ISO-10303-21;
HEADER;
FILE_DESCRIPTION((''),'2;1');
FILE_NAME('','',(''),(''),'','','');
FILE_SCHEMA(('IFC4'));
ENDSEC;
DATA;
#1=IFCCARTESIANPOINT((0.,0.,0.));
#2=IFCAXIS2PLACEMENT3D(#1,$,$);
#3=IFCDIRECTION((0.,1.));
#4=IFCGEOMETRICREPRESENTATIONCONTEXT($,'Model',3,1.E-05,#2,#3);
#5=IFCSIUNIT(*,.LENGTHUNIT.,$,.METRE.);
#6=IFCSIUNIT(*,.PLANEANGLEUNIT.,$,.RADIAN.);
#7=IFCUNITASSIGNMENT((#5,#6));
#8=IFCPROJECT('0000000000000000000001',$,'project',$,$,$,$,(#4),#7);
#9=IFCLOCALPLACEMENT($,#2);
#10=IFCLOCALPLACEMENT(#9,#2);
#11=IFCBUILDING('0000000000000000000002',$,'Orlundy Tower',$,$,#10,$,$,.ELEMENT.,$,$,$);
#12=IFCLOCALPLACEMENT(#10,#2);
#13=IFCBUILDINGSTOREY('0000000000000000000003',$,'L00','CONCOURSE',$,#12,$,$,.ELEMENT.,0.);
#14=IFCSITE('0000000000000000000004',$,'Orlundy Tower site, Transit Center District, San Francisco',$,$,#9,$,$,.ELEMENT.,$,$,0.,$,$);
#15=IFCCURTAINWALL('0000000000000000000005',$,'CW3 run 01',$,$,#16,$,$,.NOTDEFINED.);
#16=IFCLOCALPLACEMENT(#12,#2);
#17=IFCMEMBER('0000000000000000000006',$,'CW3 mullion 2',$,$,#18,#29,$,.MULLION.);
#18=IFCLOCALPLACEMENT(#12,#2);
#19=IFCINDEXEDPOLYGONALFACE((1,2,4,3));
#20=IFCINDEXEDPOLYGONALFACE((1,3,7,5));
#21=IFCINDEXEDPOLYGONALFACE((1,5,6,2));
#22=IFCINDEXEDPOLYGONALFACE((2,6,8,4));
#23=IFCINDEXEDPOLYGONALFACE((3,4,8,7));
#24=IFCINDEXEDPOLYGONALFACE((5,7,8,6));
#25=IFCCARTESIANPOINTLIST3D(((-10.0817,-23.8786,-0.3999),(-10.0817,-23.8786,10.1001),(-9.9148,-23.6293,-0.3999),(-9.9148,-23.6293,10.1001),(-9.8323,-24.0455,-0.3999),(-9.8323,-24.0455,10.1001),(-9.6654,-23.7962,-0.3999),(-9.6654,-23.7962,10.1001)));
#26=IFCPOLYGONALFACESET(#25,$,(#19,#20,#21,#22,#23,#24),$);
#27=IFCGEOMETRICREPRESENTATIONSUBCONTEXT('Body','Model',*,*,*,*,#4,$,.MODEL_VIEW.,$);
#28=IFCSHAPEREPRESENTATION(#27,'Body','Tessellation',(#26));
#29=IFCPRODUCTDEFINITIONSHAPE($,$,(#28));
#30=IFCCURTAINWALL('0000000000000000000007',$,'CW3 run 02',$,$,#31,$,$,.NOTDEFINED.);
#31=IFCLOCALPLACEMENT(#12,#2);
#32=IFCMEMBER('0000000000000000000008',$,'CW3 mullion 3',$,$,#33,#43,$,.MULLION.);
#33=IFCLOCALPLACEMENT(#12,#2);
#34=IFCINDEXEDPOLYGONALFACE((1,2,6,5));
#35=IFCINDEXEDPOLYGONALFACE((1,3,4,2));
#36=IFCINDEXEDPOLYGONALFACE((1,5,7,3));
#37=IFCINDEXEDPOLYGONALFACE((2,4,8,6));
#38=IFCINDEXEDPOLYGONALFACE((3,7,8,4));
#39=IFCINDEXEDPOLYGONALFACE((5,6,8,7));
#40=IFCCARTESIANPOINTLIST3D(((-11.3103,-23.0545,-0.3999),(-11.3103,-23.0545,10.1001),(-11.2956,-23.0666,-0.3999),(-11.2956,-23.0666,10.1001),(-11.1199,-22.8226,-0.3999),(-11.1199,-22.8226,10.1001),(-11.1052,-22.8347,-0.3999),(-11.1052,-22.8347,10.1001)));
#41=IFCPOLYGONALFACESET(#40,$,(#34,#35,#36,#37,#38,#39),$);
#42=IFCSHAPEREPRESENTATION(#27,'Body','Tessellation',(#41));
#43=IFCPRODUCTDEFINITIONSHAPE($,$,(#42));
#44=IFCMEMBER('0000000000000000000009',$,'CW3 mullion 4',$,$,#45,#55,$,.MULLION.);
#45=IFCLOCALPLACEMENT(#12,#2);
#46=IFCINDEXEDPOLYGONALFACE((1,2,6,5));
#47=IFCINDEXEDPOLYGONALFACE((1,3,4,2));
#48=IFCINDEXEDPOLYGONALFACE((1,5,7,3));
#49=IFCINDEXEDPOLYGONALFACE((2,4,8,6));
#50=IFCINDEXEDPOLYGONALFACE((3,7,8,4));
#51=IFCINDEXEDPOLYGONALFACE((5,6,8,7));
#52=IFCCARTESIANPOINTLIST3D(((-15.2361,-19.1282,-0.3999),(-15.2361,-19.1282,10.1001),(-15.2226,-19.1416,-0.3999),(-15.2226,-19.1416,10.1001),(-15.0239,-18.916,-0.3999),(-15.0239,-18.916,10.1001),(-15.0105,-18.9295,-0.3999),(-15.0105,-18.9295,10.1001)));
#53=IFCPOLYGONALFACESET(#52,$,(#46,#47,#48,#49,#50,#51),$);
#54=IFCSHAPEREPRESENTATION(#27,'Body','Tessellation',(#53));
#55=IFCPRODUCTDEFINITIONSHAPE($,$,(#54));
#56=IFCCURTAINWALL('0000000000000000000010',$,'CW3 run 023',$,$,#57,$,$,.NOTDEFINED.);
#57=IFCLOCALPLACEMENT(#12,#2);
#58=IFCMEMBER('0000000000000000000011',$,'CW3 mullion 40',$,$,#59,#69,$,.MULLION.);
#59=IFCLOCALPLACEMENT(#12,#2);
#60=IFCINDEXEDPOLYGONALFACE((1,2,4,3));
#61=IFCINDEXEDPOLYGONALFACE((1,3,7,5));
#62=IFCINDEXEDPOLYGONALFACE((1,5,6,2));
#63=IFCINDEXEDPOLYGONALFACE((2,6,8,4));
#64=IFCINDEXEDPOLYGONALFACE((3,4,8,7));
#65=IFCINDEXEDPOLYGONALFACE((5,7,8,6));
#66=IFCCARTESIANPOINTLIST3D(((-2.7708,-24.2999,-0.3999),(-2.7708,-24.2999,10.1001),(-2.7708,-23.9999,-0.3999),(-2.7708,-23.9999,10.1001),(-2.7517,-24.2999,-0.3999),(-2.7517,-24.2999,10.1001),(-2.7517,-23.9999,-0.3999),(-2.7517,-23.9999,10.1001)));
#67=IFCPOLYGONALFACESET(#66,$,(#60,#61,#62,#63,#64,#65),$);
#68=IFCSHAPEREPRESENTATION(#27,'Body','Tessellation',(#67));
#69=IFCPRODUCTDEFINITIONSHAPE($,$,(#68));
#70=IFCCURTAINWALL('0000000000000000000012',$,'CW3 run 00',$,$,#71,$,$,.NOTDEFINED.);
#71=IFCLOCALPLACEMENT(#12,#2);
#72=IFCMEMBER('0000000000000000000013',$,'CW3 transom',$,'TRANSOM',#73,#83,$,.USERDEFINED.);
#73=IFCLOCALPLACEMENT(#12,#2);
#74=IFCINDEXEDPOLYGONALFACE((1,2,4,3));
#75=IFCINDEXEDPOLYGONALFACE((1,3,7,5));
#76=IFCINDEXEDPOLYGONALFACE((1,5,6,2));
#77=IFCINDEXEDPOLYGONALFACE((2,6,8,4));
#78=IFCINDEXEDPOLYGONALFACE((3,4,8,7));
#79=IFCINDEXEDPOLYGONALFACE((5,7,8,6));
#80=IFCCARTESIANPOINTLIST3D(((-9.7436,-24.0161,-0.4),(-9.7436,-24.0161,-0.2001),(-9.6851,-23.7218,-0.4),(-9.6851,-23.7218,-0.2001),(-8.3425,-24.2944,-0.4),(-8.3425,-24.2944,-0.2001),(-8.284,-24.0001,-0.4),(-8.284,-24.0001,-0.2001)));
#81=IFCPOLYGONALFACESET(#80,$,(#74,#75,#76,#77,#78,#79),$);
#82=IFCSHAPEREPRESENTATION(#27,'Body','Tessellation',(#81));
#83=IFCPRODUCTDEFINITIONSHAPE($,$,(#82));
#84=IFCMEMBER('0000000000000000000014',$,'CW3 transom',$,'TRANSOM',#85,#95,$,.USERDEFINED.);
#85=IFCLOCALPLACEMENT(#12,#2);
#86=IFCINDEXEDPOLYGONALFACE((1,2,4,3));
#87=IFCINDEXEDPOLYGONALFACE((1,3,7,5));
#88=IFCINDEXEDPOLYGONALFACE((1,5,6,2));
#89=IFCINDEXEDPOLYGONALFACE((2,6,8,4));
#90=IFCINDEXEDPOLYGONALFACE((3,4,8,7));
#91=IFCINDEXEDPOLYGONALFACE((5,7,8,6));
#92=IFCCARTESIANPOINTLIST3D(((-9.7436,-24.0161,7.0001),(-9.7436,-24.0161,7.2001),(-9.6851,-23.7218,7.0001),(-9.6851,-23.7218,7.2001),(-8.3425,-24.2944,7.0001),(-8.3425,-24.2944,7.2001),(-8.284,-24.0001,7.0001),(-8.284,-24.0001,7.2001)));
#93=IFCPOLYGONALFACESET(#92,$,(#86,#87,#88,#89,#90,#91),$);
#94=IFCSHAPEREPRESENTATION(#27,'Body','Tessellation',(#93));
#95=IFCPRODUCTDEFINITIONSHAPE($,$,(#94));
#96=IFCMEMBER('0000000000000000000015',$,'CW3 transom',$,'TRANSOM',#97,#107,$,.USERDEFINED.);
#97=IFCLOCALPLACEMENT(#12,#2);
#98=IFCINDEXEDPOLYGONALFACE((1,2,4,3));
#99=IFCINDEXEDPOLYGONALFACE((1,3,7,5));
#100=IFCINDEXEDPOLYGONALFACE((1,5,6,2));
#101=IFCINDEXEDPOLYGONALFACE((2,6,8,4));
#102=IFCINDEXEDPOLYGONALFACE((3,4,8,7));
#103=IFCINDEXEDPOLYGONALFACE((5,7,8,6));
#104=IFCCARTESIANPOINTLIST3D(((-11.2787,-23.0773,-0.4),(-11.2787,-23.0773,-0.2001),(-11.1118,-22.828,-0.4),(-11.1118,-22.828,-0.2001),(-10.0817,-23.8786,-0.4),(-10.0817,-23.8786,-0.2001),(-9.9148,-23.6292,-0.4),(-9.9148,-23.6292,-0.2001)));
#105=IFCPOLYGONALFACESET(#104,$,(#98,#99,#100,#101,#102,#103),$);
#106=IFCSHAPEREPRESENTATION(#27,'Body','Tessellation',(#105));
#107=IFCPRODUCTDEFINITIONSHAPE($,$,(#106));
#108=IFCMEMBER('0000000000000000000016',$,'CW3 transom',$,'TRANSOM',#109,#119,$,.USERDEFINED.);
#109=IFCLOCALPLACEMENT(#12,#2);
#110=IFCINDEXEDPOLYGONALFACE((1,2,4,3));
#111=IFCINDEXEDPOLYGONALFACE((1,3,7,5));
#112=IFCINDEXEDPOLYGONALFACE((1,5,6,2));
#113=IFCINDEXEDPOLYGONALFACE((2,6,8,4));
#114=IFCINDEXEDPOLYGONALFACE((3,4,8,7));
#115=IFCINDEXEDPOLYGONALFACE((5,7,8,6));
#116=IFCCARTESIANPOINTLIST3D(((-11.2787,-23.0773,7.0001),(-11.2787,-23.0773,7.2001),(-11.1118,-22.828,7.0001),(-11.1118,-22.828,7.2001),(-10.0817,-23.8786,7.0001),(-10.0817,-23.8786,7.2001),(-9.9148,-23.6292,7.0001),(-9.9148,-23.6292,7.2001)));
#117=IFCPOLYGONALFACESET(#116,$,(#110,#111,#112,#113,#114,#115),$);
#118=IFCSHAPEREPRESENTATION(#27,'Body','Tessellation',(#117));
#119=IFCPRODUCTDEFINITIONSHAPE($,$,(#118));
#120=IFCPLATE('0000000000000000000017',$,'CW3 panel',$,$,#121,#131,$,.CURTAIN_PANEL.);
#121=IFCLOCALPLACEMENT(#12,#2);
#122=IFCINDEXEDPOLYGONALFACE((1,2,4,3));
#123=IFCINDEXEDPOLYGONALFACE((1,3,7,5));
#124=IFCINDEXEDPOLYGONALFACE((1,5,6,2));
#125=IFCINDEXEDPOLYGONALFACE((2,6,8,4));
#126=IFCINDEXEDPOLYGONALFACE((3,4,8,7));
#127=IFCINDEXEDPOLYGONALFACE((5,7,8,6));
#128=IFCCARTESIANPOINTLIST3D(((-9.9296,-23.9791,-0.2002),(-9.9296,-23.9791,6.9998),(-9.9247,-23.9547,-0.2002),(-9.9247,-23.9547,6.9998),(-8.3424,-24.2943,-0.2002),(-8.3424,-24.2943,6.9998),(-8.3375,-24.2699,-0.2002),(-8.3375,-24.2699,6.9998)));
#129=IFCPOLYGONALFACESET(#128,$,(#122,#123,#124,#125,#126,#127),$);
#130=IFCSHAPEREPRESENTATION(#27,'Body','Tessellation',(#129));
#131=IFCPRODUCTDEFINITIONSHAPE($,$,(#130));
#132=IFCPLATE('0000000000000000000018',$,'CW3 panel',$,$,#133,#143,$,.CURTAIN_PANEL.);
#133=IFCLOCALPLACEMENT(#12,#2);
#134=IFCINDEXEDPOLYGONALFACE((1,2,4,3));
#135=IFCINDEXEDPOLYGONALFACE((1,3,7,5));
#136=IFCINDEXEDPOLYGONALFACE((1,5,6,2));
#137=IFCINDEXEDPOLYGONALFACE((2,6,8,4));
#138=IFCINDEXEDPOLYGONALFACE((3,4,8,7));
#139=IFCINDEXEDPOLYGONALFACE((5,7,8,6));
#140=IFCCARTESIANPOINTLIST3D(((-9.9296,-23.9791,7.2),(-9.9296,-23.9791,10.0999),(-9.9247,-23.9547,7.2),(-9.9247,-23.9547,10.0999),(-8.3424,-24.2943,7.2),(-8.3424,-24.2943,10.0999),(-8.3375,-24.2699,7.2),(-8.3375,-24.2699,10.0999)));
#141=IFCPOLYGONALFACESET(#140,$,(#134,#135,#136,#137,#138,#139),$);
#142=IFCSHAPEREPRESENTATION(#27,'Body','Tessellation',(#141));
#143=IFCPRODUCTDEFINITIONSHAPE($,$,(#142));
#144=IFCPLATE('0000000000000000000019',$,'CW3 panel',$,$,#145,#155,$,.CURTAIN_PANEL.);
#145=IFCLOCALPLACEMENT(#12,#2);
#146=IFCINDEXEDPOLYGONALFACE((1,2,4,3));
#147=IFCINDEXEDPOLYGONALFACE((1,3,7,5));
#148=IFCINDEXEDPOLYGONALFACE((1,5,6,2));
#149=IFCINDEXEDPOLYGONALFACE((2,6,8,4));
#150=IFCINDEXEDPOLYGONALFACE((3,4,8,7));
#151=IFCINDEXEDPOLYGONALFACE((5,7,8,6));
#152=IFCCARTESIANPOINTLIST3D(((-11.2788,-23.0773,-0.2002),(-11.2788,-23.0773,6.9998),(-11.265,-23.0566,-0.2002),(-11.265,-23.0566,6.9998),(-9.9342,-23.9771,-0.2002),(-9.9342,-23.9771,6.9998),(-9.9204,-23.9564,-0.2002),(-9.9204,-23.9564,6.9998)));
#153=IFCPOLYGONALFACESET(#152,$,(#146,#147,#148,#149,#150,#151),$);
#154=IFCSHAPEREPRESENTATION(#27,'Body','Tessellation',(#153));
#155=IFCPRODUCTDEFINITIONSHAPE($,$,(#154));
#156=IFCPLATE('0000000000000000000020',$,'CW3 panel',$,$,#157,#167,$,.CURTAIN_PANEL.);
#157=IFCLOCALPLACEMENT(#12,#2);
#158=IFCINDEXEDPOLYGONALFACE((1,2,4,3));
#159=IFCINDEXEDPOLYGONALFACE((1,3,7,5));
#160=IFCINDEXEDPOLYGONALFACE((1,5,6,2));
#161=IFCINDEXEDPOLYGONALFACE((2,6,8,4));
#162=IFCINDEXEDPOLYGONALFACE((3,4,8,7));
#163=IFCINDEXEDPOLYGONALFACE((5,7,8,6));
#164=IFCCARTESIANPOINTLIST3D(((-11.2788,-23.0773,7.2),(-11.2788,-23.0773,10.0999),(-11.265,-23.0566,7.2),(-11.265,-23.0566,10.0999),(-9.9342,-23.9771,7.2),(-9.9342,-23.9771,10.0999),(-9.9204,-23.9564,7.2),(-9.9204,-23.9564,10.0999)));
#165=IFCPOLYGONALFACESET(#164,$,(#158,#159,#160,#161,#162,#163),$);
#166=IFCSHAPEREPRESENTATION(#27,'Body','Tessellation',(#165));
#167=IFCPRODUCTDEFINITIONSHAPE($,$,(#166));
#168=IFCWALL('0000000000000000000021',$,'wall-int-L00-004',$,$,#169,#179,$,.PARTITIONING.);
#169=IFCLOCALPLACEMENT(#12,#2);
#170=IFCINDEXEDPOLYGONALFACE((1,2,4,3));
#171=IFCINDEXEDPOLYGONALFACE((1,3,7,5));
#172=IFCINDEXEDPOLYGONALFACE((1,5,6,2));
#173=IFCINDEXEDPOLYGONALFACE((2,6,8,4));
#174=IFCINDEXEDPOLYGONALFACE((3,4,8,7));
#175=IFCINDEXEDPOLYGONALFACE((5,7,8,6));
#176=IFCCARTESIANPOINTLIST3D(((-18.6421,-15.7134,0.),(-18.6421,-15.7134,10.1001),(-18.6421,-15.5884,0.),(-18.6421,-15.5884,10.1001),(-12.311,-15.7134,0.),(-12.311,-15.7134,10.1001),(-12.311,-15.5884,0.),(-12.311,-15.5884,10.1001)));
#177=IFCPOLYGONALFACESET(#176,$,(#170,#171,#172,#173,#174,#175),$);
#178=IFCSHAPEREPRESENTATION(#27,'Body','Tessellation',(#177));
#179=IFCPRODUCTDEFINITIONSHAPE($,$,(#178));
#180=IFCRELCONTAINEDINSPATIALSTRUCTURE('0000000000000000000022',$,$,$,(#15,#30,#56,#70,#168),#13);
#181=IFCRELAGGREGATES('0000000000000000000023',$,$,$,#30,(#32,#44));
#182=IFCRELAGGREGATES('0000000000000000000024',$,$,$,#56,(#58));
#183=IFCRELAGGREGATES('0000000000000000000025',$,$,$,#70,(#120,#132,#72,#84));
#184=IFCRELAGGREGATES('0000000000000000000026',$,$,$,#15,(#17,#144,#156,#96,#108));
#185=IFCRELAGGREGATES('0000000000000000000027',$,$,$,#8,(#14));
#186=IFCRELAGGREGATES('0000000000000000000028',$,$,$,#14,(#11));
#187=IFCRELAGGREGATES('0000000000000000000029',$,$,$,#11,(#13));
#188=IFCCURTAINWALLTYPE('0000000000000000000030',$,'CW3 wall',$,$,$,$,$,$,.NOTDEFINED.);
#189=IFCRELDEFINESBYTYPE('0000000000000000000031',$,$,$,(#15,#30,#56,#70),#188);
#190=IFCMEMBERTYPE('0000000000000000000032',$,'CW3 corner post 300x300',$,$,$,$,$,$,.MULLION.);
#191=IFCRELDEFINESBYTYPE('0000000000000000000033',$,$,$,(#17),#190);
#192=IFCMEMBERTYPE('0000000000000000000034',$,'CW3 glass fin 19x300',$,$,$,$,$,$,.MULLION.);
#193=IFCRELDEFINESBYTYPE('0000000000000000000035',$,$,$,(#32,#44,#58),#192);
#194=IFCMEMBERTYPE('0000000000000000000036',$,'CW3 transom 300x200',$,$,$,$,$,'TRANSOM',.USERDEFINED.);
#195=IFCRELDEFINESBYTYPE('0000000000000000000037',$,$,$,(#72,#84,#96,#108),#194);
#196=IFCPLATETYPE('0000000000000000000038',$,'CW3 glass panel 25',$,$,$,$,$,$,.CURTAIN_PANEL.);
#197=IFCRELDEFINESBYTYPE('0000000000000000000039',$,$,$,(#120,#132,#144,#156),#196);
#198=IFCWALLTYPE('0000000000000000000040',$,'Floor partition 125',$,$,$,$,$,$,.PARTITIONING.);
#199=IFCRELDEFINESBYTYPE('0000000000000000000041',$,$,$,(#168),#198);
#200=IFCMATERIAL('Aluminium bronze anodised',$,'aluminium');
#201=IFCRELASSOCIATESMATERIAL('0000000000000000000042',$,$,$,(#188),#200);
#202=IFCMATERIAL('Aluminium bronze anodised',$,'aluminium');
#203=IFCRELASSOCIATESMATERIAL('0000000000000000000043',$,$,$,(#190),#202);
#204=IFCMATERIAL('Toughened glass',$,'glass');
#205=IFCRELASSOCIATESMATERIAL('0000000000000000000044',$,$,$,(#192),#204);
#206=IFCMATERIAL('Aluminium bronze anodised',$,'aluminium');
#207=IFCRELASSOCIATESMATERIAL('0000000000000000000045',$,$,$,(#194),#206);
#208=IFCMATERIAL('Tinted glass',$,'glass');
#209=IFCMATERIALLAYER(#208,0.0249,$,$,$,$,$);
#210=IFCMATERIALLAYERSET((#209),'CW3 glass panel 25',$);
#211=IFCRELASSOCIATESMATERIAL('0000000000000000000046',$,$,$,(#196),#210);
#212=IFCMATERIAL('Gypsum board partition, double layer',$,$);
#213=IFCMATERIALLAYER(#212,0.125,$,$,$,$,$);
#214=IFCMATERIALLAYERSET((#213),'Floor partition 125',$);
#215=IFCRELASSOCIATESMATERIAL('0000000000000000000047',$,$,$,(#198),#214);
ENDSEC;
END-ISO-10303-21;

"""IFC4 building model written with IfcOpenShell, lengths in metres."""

from ifc_helpers import new_model, si_unit, direction, frame, frame_2d, origin, origin_2d, place, context, subcontext, project, spatial, rectangle, extrude, material, layer, layer_set, material_profile, profile_set, type_object, element, aggregate, save


model = new_model("IFC4")

# Units and contexts
model_context = context("Model", 3, precision=1e-05, world=origin(), true_north=direction((0.0, 1.0)))
body_context = subcontext(model_context, "Body", "Model", "MODEL_VIEW")
ifc_project = project(units=[si_unit("LENGTHUNIT", "METRE"), si_unit("PLANEANGLEUNIT", "RADIAN")], contexts=[model_context])

# Site, building, storey
site_placement = place(None, origin())
site = spatial("IfcSite", under=ifc_project, at=site_placement, Name="Orlundy Tower site, Transit Center District, San Francisco", CompositionType="ELEMENT", RefElevation=0.0)
building_placement = place(site_placement, origin())
building = spatial("IfcBuilding", under=site, at=building_placement, Name="Orlundy Tower", CompositionType="ELEMENT")
storey_placement = place(building_placement, origin())
storey = spatial("IfcBuildingStorey", under=building, at=storey_placement, Name="L00", Description="CONCOURSE", CompositionType="ELEMENT", Elevation=0.0)

# Curtain wall, member
ifc_material_1 = material(Name="Aluminium bronze anodised", Category="aluminium")
curtain_wall_type = type_object("IfcCurtainWallType", Name="CW3 wall", PredefinedType="NOTDEFINED", material=ifc_material_1)
curtain_wall_1_placement = place(storey_placement, origin())
curtain_wall_1 = element("IfcCurtainWall", 1, at=curtain_wall_1_placement, inside=storey, type_object=curtain_wall_type, Name="CW3 run 01", PredefinedType="NOTDEFINED")
ifc_material_2 = material(Name="Aluminium bronze anodised", Category="aluminium")
ifc_material_profile_1 = material_profile(ifc_material_2, rectangle(XDim=0.3, YDim=0.3, at=origin_2d()), Name="CW3 corner post 300x300")
ifc_profile_set_1 = profile_set([ifc_material_profile_1], Name="Aluminium bronze anodised")
member_type_1 = type_object("IfcMemberType", Name="CW3 corner post 300x300", PredefinedType="MULLION", material=ifc_profile_set_1)
member_1_placement = place(storey_placement, frame((-9.8735, -23.8374, -0.3999), z_axis=(0.0, 0.0, 1.0), x_axis=(-0.556178, -0.831063, 0.0)))
member_1 = element("IfcMember", 2, at=member_1_placement, type_object=member_type_1, Name="CW3 mullion 2", PredefinedType="MULLION", context=body_context, shape_type="SweptSolid", body=[
    extrude(rectangle(XDim=0.3, YDim=0.3, at=origin_2d()), origin(), (0.0, 0.0, 1.0), 10.5),
])

# Curtain wall, members
curtain_wall_2_placement = place(storey_placement, origin())
curtain_wall_2 = element("IfcCurtainWall", 3, at=curtain_wall_2_placement, inside=storey, type_object=curtain_wall_type, Name="CW3 run 02", PredefinedType="NOTDEFINED")
ifc_material_3 = material(Name="Toughened glass", Category="glass")
ifc_material_profile_2 = material_profile(ifc_material_3, rectangle(XDim=0.3, YDim=0.019, at=origin_2d()), Name="CW3 glass fin 19x300")
ifc_profile_set_2 = profile_set([ifc_material_profile_2], Name="Toughened glass")
member_type_2 = type_object("IfcMemberType", Name="CW3 glass fin 19x300", PredefinedType="MULLION", material=ifc_profile_set_2)
member_2_placement = place(storey_placement, frame((-11.2078, -22.9446, -0.3999), z_axis=(0.0, 0.0, 1.0), x_axis=(-0.634676, -0.772778, 0.0)))
member_2 = element("IfcMember", 4, at=member_2_placement, type_object=member_type_2, Name="CW3 mullion 3", PredefinedType="MULLION", context=body_context, shape_type="SweptSolid", body=[
    extrude(rectangle(XDim=0.3, YDim=0.019, at=origin_2d()), origin(), (0.0, 0.0, 1.0), 10.5),
])
member_3_placement = place(storey_placement, frame((-15.1233, -19.0288, -0.3999), z_axis=(0.0, 0.0, 1.0), x_axis=(-0.707107, -0.707107, 0.0)))
member_3 = element("IfcMember", 5, at=member_3_placement, type_object=member_type_2, Name="CW3 mullion 4", PredefinedType="MULLION", context=body_context, shape_type="SweptSolid", body=[
    extrude(rectangle(XDim=0.3, YDim=0.019, at=origin_2d()), origin(), (0.0, 0.0, 1.0), 10.5),
])
aggregate(curtain_wall_2, [member_2, member_3])

# Curtain wall, member
curtain_wall_3_placement = place(storey_placement, origin())
curtain_wall_3 = element("IfcCurtainWall", 6, at=curtain_wall_3_placement, inside=storey, type_object=curtain_wall_type, Name="CW3 run 023", PredefinedType="NOTDEFINED")
member_4_placement = place(storey_placement, frame((-2.7612, -24.1499, -0.3999), z_axis=(0.0, 0.0, 1.0), x_axis=(0.0, -1.0, 0.0)))
member_4 = element("IfcMember", 7, at=member_4_placement, type_object=member_type_2, Name="CW3 mullion 40", PredefinedType="MULLION", context=body_context, shape_type="SweptSolid", body=[
    extrude(rectangle(XDim=0.3, YDim=0.019, at=origin_2d()), origin(), (0.0, 0.0, 1.0), 10.5),
])
aggregate(curtain_wall_3, [member_4])

# Curtain wall, members
curtain_wall_4_placement = place(storey_placement, origin())
curtain_wall_4 = element("IfcCurtainWall", 8, at=curtain_wall_4_placement, inside=storey, type_object=curtain_wall_type, Name="CW3 run 00", PredefinedType="NOTDEFINED")
ifc_material_4 = material(Name="Aluminium bronze anodised", Category="aluminium")
ifc_material_profile_3 = material_profile(ifc_material_4, rectangle(XDim=0.3, YDim=0.2, at=origin_2d()), Name="CW3 transom 300x200")
ifc_profile_set_3 = profile_set([ifc_material_profile_3], Name="Aluminium bronze anodised")
member_type_3 = type_object("IfcMemberType", Name="CW3 transom 300x200", ElementType="TRANSOM", PredefinedType="USERDEFINED", material=ifc_profile_set_3)
member_5_placement = place(storey_placement, frame((-8.3132, -24.1472, -0.3), z_axis=(-0.980836, 0.194834, 0.0), x_axis=(-0.194834, -0.980836, 0.0)))
member_5 = element("IfcMember", 9, at=member_5_placement, type_object=member_type_3, Name="CW3 transom", ObjectType="TRANSOM", PredefinedType="USERDEFINED", context=body_context, shape_type="SweptSolid", body=[
    extrude(rectangle(XDim=0.3, YDim=0.2, at=origin_2d()), origin(), (0.0, 0.0, 1.0), 1.4285),
])
member_6_placement = place(storey_placement, frame((-8.3132, -24.1472, 7.1001), z_axis=(-0.980836, 0.194834, 0.0), x_axis=(-0.194834, -0.980836, 0.0)))
member_6 = element("IfcMember", 10, at=member_6_placement, type_object=member_type_3, Name="CW3 transom", ObjectType="TRANSOM", PredefinedType="USERDEFINED", context=body_context, shape_type="SweptSolid", body=[
    extrude(rectangle(XDim=0.3, YDim=0.2, at=origin_2d()), origin(), (0.0, 0.0, 1.0), 1.4285),
])

# Members
member_7_placement = place(storey_placement, frame((-9.9983, -23.7539, -0.3), z_axis=(-0.831006, 0.556264, 0.0), x_axis=(-0.556264, -0.831006, 0.0)))
member_7 = element("IfcMember", 11, at=member_7_placement, type_object=member_type_3, Name="CW3 transom", ObjectType="TRANSOM", PredefinedType="USERDEFINED", context=body_context, shape_type="SweptSolid", body=[
    extrude(rectangle(XDim=0.3, YDim=0.2, at=origin_2d()), origin(), (0.0, 0.0, 1.0), 1.4404),
])
member_8_placement = place(storey_placement, frame((-9.9983, -23.7539, 7.1001), z_axis=(-0.831006, 0.556264, 0.0), x_axis=(-0.556264, -0.831006, 0.0)))
member_8 = element("IfcMember", 12, at=member_8_placement, type_object=member_type_3, Name="CW3 transom", ObjectType="TRANSOM", PredefinedType="USERDEFINED", context=body_context, shape_type="SweptSolid", body=[
    extrude(rectangle(XDim=0.3, YDim=0.2, at=origin_2d()), origin(), (0.0, 0.0, 1.0), 1.4404),
])

# Plates
ifc_material_5 = material(Name="Tinted glass", Category="glass")
ifc_layer_1 = layer(ifc_material_5, 0.0249)
ifc_layer_set_1 = layer_set([ifc_layer_1], Name="CW3 glass panel 25")
plate_type = type_object("IfcPlateType", Name="CW3 glass panel 25", PredefinedType="CURTAIN_PANEL", material=ifc_layer_set_1)
plate_1_placement = place(storey_placement, frame((-9.1335, -24.1245, -0.2002), z_axis=(0.0, 0.0, 1.0), x_axis=(-0.980851, 0.194761, 0.0)))
plate_1 = element("IfcPlate", 13, at=plate_1_placement, type_object=plate_type, Name="CW3 panel", PredefinedType="CURTAIN_PANEL", context=body_context, shape_type="SweptSolid", body=[
    extrude(rectangle(XDim=1.6182, YDim=0.0249, at=origin_2d()), origin(), (0.0, 0.0, 1.0), 7.2),
])
plate_2_placement = place(storey_placement, frame((-9.1335, -24.1245, 7.2), z_axis=(0.0, 0.0, 1.0), x_axis=(-0.980851, 0.194761, 0.0)))
plate_2 = element("IfcPlate", 14, at=plate_2_placement, type_object=plate_type, Name="CW3 panel", PredefinedType="CURTAIN_PANEL", context=body_context, shape_type="SweptSolid", body=[
    extrude(rectangle(XDim=1.6182, YDim=0.0249, at=origin_2d()), origin(), (0.0, 0.0, 1.0), 2.8999),
])
aggregate(curtain_wall_4, [plate_1, plate_2, member_5, member_6])
plate_3_placement = place(storey_placement, frame((-10.5996, -23.5168, -0.2002), z_axis=(0.0, 0.0, 1.0), x_axis=(-0.831063, 0.556178, 0.0)))
plate_3 = element("IfcPlate", 15, at=plate_3_placement, type_object=plate_type, Name="CW3 panel", PredefinedType="CURTAIN_PANEL", context=body_context, shape_type="SweptSolid", body=[
    extrude(rectangle(XDim=1.6179, YDim=0.0249, at=origin_2d()), origin(), (0.0, 0.0, 1.0), 7.2),
])
plate_4_placement = place(storey_placement, frame((-10.5996, -23.5168, 7.2), z_axis=(0.0, 0.0, 1.0), x_axis=(-0.831063, 0.556178, 0.0)))
plate_4 = element("IfcPlate", 16, at=plate_4_placement, type_object=plate_type, Name="CW3 panel", PredefinedType="CURTAIN_PANEL", context=body_context, shape_type="SweptSolid", body=[
    extrude(rectangle(XDim=1.6179, YDim=0.0249, at=origin_2d()), origin(), (0.0, 0.0, 1.0), 2.8999),
])
aggregate(curtain_wall_1, [member_1, plate_3, plate_4, member_7, member_8])

# Wall
ifc_material_6 = material(Name="Gypsum board partition, double layer")
ifc_layer_2 = layer(ifc_material_6, 0.125)
ifc_layer_set_2 = layer_set([ifc_layer_2], Name="Floor partition 125")
wall_type_1 = type_object("IfcWallType", Name="Floor partition 125", PredefinedType="PARTITIONING", material=ifc_layer_set_2)
wall_1_placement = place(storey_placement, frame((-18.6421, -15.6509, 0.0), z_axis=(0.0, 0.0, 1.0), x_axis=(1.0, 0.0, 0.0)))
element("IfcWall", 17, at=wall_1_placement, inside=storey, type_object=wall_type_1, Name="wall-int-L00-004", PredefinedType="PARTITIONING", context=body_context, shape_type="SweptSolid", body=[
    extrude(rectangle(XDim=6.3311, YDim=0.125, at=frame_2d((3.1655, 0.0))), origin(), (0.0, 0.0, 1.0), 10.1001),
])

save(model, "model.ifc")
